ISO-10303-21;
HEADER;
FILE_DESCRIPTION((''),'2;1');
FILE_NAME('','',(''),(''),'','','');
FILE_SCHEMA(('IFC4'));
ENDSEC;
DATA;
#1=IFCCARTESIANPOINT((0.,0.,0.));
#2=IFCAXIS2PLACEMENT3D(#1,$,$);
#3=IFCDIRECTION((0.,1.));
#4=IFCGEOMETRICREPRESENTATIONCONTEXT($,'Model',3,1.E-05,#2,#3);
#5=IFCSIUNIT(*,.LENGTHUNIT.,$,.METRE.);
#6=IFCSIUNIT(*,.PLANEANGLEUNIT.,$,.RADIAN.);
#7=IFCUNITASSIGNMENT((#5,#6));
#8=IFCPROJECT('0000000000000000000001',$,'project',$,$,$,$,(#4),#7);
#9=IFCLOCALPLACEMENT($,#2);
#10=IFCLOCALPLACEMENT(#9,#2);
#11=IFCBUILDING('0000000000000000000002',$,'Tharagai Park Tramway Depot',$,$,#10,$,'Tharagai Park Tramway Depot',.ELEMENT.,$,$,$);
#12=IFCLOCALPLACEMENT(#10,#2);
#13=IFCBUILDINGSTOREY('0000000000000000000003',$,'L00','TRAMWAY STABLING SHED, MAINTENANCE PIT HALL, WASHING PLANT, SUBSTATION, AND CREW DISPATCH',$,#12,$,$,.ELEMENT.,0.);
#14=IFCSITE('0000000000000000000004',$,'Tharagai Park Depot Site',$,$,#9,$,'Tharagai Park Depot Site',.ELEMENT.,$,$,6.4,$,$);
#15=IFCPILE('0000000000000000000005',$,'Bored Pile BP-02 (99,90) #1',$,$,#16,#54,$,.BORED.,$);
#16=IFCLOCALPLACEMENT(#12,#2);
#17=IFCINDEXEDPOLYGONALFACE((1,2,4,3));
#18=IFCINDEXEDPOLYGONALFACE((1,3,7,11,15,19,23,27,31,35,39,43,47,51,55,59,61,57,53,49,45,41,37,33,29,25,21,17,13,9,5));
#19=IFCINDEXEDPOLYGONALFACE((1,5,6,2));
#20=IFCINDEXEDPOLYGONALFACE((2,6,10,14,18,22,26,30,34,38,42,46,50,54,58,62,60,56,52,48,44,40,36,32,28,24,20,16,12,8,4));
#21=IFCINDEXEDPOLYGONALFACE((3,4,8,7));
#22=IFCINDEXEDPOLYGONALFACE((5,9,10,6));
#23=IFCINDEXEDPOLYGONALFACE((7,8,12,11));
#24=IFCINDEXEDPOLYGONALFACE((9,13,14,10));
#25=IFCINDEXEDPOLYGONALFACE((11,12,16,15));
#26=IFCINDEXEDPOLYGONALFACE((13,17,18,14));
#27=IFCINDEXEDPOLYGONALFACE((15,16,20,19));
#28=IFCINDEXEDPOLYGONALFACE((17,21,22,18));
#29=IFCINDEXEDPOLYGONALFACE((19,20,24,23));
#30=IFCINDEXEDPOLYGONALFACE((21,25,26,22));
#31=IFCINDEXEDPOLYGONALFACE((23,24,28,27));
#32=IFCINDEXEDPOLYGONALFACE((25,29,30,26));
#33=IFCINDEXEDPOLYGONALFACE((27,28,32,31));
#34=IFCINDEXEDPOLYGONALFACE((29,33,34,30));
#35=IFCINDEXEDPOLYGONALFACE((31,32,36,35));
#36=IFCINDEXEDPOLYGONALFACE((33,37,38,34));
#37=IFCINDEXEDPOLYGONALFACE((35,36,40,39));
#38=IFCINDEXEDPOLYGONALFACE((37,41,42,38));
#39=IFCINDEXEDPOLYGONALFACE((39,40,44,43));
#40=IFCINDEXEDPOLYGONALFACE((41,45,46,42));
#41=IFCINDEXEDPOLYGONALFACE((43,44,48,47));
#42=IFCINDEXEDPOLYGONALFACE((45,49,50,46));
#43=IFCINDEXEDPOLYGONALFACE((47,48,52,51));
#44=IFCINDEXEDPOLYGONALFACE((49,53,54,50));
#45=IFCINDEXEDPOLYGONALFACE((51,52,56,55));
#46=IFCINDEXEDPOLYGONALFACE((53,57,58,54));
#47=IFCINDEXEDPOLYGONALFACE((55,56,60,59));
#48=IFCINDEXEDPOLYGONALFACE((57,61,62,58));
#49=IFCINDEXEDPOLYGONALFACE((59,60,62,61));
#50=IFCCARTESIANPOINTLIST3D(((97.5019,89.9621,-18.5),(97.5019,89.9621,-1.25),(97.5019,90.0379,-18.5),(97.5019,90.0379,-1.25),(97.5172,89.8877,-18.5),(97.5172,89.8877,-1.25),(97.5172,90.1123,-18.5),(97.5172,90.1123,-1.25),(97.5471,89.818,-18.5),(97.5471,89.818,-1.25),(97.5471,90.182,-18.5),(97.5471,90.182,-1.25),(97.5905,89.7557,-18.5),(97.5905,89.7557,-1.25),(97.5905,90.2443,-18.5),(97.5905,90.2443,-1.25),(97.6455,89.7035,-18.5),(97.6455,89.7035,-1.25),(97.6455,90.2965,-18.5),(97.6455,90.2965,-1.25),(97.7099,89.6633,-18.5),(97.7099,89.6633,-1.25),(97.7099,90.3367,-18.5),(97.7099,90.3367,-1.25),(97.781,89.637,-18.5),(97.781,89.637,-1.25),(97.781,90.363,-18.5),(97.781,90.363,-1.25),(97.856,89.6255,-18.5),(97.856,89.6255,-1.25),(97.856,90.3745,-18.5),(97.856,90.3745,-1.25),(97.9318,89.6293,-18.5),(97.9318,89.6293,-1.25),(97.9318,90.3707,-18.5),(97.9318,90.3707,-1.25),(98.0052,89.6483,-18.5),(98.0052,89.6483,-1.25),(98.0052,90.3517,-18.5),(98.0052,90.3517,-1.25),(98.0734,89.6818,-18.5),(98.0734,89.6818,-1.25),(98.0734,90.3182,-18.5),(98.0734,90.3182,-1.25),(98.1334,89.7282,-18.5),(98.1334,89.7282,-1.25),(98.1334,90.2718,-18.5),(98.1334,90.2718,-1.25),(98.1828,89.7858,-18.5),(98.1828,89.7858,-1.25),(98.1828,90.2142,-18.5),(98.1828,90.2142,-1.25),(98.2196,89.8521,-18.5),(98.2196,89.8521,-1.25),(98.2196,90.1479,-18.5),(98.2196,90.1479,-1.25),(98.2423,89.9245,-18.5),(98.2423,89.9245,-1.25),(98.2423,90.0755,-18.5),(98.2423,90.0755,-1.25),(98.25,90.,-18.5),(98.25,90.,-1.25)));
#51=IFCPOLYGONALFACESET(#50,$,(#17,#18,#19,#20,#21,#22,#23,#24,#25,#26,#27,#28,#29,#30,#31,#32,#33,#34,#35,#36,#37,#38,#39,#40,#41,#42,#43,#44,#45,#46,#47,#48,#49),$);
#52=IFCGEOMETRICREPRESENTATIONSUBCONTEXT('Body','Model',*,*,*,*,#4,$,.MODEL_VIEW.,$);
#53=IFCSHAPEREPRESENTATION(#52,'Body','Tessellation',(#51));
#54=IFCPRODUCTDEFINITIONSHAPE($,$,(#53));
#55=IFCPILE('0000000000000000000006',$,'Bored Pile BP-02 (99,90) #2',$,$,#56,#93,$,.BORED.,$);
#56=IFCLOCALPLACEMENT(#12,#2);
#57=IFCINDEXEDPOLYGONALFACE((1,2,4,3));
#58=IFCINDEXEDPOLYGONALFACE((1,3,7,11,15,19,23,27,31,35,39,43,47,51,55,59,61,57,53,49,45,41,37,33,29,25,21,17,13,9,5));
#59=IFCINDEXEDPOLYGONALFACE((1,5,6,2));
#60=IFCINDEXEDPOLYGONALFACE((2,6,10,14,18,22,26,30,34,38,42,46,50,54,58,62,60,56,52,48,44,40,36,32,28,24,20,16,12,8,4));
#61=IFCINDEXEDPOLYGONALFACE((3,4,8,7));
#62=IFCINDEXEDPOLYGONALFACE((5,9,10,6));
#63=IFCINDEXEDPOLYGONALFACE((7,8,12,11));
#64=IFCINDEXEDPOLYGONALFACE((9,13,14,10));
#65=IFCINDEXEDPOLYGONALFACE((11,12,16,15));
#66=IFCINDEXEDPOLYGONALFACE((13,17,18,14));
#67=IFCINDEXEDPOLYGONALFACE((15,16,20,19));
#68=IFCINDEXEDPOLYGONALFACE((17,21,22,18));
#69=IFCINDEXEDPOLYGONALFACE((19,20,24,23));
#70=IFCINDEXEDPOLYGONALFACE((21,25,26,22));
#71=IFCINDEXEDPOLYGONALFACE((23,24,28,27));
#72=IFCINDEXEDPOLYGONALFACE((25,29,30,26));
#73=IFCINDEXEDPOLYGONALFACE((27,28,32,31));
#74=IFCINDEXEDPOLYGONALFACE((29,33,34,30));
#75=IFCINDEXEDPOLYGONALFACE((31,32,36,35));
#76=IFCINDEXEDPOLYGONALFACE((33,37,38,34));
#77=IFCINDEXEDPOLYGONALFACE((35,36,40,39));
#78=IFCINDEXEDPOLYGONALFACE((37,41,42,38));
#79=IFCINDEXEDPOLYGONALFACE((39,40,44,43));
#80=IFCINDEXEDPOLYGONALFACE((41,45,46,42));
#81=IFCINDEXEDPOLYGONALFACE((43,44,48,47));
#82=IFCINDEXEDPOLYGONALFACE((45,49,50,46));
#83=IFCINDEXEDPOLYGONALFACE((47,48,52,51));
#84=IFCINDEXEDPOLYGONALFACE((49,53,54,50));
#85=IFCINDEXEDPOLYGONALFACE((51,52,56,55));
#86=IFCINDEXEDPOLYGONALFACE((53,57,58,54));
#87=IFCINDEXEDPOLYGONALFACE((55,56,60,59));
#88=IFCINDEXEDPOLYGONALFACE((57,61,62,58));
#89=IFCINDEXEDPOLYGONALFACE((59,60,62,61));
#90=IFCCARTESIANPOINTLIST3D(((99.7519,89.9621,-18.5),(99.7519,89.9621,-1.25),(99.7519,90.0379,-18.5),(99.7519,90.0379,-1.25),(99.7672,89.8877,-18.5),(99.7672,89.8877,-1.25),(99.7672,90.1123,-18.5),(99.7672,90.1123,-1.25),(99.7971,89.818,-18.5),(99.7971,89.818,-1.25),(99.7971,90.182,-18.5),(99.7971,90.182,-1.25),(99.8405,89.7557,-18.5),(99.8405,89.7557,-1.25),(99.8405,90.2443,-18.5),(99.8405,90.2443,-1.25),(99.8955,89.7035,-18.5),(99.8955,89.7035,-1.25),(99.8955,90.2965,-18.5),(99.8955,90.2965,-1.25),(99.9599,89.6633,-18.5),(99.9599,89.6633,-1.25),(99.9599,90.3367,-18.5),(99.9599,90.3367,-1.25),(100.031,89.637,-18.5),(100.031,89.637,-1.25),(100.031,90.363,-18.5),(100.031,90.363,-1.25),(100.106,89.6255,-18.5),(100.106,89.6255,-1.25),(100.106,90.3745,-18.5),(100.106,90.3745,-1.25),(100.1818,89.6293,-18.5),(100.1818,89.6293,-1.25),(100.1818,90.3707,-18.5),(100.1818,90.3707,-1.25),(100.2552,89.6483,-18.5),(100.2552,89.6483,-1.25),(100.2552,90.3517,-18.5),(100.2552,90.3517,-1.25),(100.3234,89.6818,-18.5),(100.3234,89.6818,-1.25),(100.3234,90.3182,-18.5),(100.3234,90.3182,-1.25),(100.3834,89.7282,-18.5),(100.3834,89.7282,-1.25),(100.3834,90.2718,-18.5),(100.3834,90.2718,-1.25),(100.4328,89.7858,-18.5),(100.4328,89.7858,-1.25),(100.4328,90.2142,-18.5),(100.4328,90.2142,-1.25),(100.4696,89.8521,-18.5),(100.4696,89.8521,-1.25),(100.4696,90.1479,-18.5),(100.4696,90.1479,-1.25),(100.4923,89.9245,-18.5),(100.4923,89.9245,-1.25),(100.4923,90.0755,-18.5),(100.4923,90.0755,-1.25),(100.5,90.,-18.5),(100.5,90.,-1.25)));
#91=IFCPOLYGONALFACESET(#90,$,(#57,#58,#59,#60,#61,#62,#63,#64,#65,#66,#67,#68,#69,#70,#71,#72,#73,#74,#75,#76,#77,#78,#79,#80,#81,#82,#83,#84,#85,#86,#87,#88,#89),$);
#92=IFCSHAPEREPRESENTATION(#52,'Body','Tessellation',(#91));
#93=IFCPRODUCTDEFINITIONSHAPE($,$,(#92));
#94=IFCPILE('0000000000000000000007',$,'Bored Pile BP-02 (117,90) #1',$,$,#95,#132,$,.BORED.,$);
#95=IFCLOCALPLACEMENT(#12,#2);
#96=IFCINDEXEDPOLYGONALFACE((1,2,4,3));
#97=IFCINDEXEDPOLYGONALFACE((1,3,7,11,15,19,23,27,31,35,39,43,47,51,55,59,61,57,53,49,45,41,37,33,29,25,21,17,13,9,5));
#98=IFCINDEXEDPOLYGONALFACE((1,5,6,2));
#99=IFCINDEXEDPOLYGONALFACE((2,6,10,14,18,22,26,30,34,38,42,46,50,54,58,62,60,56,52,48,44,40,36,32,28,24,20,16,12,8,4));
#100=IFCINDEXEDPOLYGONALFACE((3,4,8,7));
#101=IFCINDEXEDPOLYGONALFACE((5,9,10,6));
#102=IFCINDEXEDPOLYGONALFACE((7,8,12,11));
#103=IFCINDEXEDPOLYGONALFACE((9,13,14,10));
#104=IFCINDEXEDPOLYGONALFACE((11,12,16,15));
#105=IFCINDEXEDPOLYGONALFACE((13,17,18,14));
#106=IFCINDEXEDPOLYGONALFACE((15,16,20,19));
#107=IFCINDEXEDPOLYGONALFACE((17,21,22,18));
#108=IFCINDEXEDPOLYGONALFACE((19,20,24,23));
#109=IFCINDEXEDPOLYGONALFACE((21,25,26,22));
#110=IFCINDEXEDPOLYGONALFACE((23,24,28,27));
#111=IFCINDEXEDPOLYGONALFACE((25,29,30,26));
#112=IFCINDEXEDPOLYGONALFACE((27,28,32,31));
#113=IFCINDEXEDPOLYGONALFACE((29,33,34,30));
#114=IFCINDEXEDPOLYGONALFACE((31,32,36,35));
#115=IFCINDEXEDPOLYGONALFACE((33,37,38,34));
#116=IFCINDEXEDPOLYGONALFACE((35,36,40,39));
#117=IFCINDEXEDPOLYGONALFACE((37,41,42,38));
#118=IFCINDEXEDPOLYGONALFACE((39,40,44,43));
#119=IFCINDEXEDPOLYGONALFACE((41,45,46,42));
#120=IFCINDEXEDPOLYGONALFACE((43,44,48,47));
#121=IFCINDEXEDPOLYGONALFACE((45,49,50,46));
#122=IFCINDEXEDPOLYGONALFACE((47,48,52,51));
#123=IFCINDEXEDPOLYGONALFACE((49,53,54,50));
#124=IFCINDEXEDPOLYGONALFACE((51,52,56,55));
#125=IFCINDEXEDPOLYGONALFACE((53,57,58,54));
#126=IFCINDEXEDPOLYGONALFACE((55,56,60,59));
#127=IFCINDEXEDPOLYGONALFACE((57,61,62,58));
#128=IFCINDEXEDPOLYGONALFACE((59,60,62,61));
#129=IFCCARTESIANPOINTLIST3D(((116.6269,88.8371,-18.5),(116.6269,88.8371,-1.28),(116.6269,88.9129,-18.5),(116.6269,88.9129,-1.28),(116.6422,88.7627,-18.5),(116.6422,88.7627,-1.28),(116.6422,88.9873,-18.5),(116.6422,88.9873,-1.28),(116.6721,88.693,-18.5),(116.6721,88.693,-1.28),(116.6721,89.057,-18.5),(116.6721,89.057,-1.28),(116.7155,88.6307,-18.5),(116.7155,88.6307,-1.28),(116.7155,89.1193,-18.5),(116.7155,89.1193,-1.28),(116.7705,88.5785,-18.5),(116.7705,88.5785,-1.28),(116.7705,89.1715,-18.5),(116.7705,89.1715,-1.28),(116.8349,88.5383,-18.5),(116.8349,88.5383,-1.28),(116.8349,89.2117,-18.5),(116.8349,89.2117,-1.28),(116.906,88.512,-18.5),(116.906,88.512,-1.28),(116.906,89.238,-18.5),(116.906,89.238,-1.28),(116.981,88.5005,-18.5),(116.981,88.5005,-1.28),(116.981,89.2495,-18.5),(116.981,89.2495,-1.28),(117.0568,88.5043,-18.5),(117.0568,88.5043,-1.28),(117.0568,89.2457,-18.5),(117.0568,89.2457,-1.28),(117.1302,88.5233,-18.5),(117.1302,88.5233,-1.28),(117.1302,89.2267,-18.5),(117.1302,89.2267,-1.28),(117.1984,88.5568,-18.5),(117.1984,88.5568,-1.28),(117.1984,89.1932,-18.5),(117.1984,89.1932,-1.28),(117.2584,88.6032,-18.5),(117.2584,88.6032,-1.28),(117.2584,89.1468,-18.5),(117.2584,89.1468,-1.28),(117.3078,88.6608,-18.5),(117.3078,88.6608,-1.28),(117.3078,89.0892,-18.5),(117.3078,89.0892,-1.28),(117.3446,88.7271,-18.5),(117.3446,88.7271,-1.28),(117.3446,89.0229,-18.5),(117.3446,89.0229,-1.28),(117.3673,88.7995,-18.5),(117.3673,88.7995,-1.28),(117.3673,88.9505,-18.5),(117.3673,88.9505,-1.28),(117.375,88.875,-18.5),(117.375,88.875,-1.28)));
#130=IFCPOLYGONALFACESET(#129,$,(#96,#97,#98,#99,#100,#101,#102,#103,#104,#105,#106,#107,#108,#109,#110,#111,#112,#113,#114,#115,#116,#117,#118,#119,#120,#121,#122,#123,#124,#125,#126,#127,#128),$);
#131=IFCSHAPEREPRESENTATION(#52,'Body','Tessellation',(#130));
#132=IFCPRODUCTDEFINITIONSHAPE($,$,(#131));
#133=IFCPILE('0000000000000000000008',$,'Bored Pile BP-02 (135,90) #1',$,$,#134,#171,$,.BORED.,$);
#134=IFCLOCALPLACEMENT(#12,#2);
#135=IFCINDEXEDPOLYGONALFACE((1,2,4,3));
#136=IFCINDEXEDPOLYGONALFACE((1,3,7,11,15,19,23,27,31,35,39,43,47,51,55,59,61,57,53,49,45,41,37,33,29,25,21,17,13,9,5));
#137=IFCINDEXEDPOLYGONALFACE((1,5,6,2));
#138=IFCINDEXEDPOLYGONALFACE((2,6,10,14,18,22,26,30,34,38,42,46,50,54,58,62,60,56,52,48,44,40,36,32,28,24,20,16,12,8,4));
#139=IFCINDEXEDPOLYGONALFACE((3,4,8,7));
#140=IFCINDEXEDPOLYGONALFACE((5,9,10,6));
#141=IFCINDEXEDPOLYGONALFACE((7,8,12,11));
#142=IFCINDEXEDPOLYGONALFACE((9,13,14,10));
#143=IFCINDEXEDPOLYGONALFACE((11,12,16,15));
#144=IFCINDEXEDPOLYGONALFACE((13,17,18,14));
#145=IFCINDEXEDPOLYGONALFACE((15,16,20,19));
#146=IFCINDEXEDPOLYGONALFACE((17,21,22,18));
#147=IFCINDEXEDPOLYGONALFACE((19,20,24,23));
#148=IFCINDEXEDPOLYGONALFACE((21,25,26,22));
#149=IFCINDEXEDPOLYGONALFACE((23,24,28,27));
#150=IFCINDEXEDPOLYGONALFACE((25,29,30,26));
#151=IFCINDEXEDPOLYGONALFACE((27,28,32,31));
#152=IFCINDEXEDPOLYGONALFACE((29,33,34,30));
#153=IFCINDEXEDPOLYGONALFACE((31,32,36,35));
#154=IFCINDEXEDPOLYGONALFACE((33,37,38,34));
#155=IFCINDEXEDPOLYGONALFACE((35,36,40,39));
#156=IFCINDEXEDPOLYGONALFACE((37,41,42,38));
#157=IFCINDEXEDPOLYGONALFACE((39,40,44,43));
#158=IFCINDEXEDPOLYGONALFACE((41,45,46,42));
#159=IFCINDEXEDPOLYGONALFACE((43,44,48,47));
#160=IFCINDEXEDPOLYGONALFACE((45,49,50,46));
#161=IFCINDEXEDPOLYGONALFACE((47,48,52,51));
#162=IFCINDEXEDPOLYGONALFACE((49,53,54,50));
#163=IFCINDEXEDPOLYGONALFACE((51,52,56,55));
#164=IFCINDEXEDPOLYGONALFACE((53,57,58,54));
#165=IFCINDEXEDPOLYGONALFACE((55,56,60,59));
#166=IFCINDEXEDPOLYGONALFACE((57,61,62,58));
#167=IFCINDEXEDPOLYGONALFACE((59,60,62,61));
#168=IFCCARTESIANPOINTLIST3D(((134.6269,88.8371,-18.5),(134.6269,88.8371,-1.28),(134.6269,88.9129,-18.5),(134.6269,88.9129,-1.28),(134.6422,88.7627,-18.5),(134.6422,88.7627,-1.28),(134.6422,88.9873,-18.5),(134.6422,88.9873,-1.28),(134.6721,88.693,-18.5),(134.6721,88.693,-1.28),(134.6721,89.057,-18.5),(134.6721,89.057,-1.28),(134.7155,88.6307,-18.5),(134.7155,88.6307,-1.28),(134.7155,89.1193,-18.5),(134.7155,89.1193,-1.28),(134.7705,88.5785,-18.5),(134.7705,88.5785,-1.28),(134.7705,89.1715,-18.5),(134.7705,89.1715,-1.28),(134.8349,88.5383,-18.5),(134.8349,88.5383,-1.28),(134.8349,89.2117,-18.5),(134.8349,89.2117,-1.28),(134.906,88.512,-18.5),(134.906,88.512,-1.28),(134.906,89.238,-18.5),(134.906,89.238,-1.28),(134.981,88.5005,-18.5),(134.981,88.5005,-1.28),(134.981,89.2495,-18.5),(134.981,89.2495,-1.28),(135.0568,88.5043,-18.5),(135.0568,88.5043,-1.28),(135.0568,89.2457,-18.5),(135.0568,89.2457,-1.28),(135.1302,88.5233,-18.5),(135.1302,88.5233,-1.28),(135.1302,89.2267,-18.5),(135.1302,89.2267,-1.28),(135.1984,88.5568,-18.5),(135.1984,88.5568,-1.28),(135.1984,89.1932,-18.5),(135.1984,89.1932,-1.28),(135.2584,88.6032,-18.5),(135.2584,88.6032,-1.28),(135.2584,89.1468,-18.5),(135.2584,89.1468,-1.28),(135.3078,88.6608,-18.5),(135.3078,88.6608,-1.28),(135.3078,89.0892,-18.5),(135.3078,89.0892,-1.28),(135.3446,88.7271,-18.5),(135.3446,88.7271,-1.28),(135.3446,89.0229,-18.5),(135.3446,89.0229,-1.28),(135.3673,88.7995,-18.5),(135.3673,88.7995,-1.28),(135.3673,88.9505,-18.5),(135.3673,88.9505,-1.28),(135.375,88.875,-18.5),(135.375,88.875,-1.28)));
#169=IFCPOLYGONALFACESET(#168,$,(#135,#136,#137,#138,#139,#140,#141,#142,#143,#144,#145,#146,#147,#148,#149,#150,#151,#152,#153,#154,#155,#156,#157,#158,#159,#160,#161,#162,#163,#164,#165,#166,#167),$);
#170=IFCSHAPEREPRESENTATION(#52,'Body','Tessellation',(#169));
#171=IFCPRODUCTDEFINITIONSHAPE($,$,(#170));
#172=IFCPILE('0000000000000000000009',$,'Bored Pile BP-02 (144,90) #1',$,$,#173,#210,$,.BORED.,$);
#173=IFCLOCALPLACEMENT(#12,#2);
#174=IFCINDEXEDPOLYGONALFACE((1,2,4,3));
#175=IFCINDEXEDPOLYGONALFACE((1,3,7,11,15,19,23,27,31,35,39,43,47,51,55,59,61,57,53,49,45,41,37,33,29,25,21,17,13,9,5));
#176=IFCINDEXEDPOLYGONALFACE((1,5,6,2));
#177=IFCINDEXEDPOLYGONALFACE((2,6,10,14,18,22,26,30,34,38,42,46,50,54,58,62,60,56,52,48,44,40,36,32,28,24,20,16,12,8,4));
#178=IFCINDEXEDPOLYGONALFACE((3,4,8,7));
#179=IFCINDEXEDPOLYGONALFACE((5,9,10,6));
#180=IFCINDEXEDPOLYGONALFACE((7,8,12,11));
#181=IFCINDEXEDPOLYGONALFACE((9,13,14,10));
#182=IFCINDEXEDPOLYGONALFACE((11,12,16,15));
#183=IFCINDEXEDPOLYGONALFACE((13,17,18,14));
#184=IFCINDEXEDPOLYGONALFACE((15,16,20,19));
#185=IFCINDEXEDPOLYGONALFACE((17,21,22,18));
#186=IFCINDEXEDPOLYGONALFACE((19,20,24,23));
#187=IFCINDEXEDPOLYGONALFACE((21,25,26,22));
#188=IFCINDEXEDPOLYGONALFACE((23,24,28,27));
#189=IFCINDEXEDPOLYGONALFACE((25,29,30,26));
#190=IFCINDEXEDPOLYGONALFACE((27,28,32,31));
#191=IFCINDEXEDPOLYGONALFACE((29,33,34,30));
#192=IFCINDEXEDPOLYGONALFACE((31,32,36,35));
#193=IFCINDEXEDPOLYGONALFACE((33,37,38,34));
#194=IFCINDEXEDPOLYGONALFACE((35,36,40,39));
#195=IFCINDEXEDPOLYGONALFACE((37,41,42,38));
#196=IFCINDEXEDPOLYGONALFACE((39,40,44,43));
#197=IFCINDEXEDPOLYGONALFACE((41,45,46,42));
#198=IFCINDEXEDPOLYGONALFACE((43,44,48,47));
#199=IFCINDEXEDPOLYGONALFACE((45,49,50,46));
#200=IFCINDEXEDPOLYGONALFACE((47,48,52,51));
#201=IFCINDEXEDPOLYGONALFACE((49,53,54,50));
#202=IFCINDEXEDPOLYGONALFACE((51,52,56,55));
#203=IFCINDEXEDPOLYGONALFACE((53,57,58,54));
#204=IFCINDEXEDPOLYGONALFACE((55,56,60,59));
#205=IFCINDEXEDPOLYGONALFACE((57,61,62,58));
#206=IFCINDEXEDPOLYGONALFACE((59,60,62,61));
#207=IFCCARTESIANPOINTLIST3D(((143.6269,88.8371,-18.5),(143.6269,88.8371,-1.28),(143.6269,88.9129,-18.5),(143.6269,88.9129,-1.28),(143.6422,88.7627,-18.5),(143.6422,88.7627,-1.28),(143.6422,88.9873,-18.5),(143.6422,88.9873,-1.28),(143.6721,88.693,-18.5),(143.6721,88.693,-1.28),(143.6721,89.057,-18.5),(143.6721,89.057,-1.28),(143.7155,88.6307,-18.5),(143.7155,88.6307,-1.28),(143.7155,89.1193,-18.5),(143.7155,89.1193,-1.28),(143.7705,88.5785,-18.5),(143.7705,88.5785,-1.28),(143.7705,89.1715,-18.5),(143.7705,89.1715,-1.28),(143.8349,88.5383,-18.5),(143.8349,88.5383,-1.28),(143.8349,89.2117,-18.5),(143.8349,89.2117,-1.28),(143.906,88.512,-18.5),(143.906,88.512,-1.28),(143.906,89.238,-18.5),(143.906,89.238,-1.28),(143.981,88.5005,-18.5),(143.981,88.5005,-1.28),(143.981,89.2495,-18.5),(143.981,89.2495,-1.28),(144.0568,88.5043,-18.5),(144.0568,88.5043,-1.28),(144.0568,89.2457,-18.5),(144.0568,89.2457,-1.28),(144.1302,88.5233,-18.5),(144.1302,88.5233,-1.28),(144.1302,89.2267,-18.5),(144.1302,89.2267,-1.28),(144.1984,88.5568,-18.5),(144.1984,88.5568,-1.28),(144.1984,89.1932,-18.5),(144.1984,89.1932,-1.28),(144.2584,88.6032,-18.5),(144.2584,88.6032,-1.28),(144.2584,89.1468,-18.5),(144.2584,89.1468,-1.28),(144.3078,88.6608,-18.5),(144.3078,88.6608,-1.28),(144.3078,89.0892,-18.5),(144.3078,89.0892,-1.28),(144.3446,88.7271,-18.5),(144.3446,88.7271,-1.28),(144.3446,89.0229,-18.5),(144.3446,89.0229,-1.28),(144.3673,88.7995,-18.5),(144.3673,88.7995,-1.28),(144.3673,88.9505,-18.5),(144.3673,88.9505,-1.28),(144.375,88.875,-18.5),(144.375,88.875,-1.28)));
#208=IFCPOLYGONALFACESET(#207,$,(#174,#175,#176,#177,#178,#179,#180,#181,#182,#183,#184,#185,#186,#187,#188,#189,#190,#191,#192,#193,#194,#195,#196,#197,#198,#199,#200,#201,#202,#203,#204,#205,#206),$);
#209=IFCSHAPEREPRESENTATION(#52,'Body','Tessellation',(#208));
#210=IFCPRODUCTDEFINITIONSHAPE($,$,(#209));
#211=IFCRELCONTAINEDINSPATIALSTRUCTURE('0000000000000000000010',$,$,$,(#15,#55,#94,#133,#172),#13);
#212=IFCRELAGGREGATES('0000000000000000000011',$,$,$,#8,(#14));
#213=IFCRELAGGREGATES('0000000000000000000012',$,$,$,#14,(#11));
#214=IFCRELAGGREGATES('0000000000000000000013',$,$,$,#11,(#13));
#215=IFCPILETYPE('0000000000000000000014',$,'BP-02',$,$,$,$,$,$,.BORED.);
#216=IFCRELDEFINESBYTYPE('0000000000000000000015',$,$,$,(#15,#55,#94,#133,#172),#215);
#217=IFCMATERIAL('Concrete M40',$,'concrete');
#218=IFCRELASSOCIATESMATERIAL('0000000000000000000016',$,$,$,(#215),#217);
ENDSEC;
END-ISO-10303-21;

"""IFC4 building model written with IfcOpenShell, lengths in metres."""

from ifc_helpers import new_model, si_unit, direction, frame, origin, origin_2d, place, context, subcontext, project, spatial, circle, extrude, material, material_profile, profile_set, type_object, element, save


model = new_model("IFC4")

# Units and contexts
model_context = context("Model", 3, precision=1e-05, world=origin(), true_north=direction((0.0, 1.0)))
body_context = subcontext(model_context, "Body", "Model", "MODEL_VIEW")
ifc_project = project(units=[si_unit("LENGTHUNIT", "METRE"), si_unit("PLANEANGLEUNIT", "RADIAN")], contexts=[model_context])

# Site, building, storey
site_placement = place(None, origin())
site = spatial("IfcSite", under=ifc_project, at=site_placement, Name="Tharagai Park Depot Site", LongName="Tharagai Park Depot Site", CompositionType="ELEMENT", RefElevation=6.4)
building_placement = place(site_placement, origin())
building = spatial("IfcBuilding", under=site, at=building_placement, Name="Tharagai Park Tramway Depot", LongName="Tharagai Park Tramway Depot", CompositionType="ELEMENT")
storey_placement = place(building_placement, origin())
storey = spatial("IfcBuildingStorey", under=building, at=storey_placement, Name="L00", Description="TRAMWAY STABLING SHED, MAINTENANCE PIT HALL, WASHING PLANT, SUBSTATION, AND CREW DISPATCH", CompositionType="ELEMENT", Elevation=0.0)

# Piles
ifc_material_1 = material(Name="Concrete M40", Category="concrete")
ifc_material_profile_1 = material_profile(ifc_material_1, circle(Radius=0.375, at=origin_2d()), Name="PILE D750")
ifc_profile_set_1 = profile_set([ifc_material_profile_1], Name="Concrete M40")
pile_type = type_object("IfcPileType", Name="BP-02", PredefinedType="BORED", material=ifc_profile_set_1)
for number, where, z_axis, x_axis, name in (
    (1, (97.875, 90.0, -1.25), (0.0, 0.0, -1.0), (1.0, 0.0, 0.0), "Bored Pile BP-02 (99,90) #1"),
    (2, (100.125, 90.0, -1.25), (0.0, 0.0, -1.0), (1.0, 0.0, 0.0), "Bored Pile BP-02 (99,90) #2"),
):
    element("IfcPile", number, at=place(storey_placement, frame(where, z_axis=z_axis, x_axis=x_axis)), inside=storey, type_object=pile_type, Name=name, PredefinedType="BORED", context=body_context, shape_type="SweptSolid", body=[
        extrude(circle(Radius=0.375, at=origin_2d()), origin(), (0.0, 0.0, 1.0), 17.25),
    ])
for number, where, z_axis, x_axis, name in (
    (3, (117.0, 88.875, -1.28), (0.0, 0.0, -1.0), (1.0, 0.0, 0.0), "Bored Pile BP-02 (117,90) #1"),
    (4, (135.0, 88.875, -1.28), (0.0, 0.0, -1.0), (1.0, 0.0, 0.0), "Bored Pile BP-02 (135,90) #1"),
    (5, (144.0, 88.875, -1.28), (0.0, 0.0, -1.0), (1.0, 0.0, 0.0), "Bored Pile BP-02 (144,90) #1"),
):
    element("IfcPile", number, at=place(storey_placement, frame(where, z_axis=z_axis, x_axis=x_axis)), inside=storey, type_object=pile_type, Name=name, PredefinedType="BORED", context=body_context, shape_type="SweptSolid", body=[
        extrude(circle(Radius=0.375, at=origin_2d()), origin(), (0.0, 0.0, 1.0), 17.22),
    ])

save(model, "model.ifc")
